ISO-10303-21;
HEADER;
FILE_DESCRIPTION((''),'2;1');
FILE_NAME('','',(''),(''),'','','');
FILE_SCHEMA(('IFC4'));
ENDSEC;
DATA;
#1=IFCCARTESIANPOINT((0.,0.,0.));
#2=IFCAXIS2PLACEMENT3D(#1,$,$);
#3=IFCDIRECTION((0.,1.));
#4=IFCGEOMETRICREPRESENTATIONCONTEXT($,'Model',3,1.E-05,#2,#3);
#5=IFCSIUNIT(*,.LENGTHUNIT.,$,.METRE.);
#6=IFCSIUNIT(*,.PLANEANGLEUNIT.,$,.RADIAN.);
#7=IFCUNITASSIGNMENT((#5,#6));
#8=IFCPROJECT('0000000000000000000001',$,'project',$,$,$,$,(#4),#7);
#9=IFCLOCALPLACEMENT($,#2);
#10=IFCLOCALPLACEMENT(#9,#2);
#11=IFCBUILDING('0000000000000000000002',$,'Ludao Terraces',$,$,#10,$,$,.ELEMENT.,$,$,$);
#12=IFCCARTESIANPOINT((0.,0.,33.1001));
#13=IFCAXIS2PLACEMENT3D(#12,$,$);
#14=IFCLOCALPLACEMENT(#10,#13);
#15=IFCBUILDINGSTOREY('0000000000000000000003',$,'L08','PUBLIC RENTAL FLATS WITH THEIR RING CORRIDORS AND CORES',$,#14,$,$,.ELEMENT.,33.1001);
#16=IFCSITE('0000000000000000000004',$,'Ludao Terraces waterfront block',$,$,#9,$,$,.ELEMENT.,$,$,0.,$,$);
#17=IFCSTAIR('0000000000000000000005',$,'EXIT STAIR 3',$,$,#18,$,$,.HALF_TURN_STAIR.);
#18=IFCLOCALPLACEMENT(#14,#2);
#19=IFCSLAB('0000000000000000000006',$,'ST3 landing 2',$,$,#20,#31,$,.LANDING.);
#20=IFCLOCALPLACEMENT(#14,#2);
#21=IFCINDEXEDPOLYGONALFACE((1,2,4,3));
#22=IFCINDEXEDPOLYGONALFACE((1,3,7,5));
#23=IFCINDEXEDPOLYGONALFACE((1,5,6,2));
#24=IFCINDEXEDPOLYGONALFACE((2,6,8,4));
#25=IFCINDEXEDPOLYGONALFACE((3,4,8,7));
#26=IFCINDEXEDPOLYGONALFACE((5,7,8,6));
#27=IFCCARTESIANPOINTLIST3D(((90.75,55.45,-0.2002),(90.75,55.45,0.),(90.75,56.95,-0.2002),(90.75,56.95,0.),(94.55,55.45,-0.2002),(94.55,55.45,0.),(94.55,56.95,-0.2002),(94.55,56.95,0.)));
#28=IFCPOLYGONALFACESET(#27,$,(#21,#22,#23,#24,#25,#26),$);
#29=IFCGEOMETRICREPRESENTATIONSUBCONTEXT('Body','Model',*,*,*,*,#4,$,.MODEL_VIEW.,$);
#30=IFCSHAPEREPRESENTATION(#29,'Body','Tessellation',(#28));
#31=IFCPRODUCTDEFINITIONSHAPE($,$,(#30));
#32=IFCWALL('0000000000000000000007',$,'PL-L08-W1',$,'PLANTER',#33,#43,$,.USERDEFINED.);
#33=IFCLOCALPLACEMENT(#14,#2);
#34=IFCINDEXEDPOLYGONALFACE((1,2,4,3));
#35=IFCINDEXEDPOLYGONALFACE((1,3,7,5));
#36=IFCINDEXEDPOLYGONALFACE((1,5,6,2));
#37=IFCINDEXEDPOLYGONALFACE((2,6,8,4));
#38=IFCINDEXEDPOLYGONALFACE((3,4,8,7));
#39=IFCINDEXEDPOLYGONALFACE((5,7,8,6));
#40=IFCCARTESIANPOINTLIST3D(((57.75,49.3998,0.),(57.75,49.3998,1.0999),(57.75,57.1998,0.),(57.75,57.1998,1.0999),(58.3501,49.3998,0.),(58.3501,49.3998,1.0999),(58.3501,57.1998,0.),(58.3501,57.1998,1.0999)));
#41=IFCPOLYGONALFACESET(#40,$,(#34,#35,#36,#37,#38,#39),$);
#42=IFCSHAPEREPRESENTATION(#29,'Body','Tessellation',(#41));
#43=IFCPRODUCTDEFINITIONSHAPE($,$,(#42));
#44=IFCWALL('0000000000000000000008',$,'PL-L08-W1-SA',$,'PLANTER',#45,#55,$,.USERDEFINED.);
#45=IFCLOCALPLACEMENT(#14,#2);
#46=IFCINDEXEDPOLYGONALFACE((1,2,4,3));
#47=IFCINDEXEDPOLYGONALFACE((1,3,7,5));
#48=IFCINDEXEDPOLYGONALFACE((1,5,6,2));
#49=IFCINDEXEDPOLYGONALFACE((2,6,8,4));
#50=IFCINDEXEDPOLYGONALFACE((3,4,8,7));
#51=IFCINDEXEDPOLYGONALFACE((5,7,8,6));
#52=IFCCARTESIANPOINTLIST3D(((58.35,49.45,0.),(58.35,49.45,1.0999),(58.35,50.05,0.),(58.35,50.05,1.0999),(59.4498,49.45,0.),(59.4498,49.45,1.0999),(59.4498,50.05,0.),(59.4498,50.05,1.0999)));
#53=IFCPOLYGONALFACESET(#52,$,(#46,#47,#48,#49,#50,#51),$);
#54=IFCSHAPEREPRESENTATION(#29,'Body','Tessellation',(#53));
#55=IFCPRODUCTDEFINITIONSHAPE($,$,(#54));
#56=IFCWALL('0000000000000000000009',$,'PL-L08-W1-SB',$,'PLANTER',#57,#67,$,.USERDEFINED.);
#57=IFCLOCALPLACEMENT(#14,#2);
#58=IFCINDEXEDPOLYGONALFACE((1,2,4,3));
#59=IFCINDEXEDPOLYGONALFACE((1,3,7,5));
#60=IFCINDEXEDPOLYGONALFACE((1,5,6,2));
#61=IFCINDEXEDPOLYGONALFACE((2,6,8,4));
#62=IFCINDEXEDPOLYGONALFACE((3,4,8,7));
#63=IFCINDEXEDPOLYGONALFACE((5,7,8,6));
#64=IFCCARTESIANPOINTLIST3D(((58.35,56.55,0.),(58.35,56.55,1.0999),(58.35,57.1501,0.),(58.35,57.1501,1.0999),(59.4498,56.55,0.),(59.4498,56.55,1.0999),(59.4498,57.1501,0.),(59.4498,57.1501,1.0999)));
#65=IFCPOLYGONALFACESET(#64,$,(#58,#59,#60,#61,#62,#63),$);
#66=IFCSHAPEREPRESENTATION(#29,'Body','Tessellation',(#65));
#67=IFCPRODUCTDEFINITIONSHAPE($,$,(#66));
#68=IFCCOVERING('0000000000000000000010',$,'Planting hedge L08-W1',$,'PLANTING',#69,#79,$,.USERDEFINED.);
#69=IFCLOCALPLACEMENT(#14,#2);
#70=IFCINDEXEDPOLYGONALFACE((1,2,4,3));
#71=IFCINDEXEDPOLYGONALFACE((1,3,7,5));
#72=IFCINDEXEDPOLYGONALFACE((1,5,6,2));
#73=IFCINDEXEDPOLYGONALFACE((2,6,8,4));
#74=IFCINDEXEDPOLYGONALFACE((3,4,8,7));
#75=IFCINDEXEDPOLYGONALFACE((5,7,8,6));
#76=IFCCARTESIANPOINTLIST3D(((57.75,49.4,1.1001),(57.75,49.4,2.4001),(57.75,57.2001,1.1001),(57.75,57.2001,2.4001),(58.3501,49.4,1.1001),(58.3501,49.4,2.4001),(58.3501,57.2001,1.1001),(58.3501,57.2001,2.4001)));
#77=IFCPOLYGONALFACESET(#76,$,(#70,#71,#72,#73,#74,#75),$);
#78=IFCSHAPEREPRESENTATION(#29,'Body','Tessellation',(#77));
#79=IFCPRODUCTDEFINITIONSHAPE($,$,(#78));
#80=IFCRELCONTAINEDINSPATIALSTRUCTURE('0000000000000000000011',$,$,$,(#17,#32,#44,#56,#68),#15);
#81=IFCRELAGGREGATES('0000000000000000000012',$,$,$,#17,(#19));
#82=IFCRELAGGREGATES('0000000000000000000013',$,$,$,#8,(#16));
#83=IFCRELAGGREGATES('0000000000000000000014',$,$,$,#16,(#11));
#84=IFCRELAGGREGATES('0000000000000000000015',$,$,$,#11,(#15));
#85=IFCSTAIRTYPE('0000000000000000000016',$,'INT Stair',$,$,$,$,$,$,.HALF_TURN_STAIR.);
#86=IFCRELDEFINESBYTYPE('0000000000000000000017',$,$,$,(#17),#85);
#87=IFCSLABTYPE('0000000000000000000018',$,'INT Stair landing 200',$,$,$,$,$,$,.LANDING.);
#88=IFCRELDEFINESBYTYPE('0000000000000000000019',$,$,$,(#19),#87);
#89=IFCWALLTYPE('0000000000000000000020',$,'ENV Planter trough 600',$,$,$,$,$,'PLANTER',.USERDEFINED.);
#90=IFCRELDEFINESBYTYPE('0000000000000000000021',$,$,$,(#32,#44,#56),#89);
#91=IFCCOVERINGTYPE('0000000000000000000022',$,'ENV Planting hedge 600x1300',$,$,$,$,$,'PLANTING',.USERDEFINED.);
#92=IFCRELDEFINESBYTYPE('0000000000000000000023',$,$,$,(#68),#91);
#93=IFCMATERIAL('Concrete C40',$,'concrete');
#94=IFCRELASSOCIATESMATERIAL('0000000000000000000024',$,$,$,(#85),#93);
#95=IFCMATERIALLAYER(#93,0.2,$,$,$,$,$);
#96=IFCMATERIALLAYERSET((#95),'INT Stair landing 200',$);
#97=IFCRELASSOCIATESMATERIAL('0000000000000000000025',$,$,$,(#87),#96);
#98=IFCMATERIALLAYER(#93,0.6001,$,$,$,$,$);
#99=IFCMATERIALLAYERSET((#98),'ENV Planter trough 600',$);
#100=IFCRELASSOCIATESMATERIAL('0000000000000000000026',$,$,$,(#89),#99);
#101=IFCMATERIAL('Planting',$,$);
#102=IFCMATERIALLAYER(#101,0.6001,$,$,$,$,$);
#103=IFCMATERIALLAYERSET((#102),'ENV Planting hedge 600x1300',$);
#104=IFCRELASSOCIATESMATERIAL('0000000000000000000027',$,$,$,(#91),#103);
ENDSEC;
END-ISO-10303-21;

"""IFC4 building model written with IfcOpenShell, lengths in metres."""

from ifc_helpers import new_model, si_unit, direction, frame, frame_2d, origin, origin_2d, place, context, subcontext, project, spatial, polyline, rectangle, outline, extrude, material, layer, layer_set, type_object, element, aggregate, save


model = new_model("IFC4")

# Units and contexts
model_context = context("Model", 3, precision=1e-05, world=origin(), true_north=direction((0.0, 1.0)))
body_context = subcontext(model_context, "Body", "Model", "MODEL_VIEW")
ifc_project = project(units=[si_unit("LENGTHUNIT", "METRE"), si_unit("PLANEANGLEUNIT", "RADIAN")], contexts=[model_context])

# Site, building, storey
site_placement = place(None, origin())
site = spatial("IfcSite", under=ifc_project, at=site_placement, Name="Ludao Terraces waterfront block", CompositionType="ELEMENT", RefElevation=0.0)
building_placement = place(site_placement, origin())
building = spatial("IfcBuilding", under=site, at=building_placement, Name="Ludao Terraces", CompositionType="ELEMENT")
storey_placement = place(building_placement, frame((0.0, 0.0, 33.1001)))
storey = spatial("IfcBuildingStorey", under=building, at=storey_placement, Name="L08", Description="PUBLIC RENTAL FLATS WITH THEIR RING CORRIDORS AND CORES", CompositionType="ELEMENT", Elevation=33.1001)

# Shared definitions
ifc_material_1 = material(Name="Concrete C40", Category="concrete")

# Stair, slab
stair_type = type_object("IfcStairType", Name="INT Stair", PredefinedType="HALF_TURN_STAIR", material=ifc_material_1)
ifc_layer_1 = layer(ifc_material_1, 0.2)
ifc_layer_set_1 = layer_set([ifc_layer_1], Name="INT Stair landing 200")
slab_type_1 = type_object("IfcSlabType", Name="INT Stair landing 200", PredefinedType="LANDING", material=ifc_layer_set_1)
stair_1_placement = place(storey_placement, origin())
stair_1 = element("IfcStair", 1, at=stair_1_placement, inside=storey, type_object=stair_type, Name="EXIT STAIR 3", PredefinedType="HALF_TURN_STAIR")
slab_1_placement = place(storey_placement, frame((0.0, 0.0, -0.2002)))
slab_1 = element("IfcSlab", 2, at=slab_1_placement, type_object=slab_type_1, Name="ST3 landing 2", PredefinedType="LANDING", context=body_context, shape_type="SweptSolid", body=[
    extrude(outline(polyline([(90.75, 55.45), (94.55, 55.45), (94.55, 56.95), (90.75, 56.95), (90.75, 55.45)])), origin(), (0.0, 0.0, 1.0), 0.2002),
])
aggregate(stair_1, [slab_1])

# Walls
ifc_layer_2 = layer(ifc_material_1, 0.6001)
ifc_layer_set_2 = layer_set([ifc_layer_2], Name="ENV Planter trough 600")
wall_type = type_object("IfcWallType", Name="ENV Planter trough 600", ElementType="PLANTER", PredefinedType="USERDEFINED", material=ifc_layer_set_2)
wall_placement = place(storey_placement, frame((58.05, 49.3999, 0.0), z_axis=(0.0, 0.0, 1.0), x_axis=(0.0, 1.0, 0.0)))
element("IfcWall", 3, at=wall_placement, inside=storey, type_object=wall_type, Name="PL-L08-W1", ObjectType="PLANTER", PredefinedType="USERDEFINED", context=body_context, shape_type="SweptSolid", body=[
    extrude(rectangle(XDim=7.8, YDim=0.6001, at=frame_2d((3.8999, 0.0))), origin(), (0.0, 0.0, 1.0), 1.0999),
])
for number, where, z_axis, x_axis, name in (
    (4, (58.3501, 49.75, 0.0), (0.0, 0.0, 1.0), (1.0, 0.0, 0.0), "PL-L08-W1-SA"),
    (5, (58.3501, 56.8501, 0.0), (0.0, 0.0, 1.0), (1.0, 0.0, 0.0), "PL-L08-W1-SB"),
):
    element("IfcWall", number, at=place(storey_placement, frame(where, z_axis=z_axis, x_axis=x_axis)), inside=storey, type_object=wall_type, Name=name, ObjectType="PLANTER", PredefinedType="USERDEFINED", context=body_context, shape_type="SweptSolid", body=[
        extrude(rectangle(XDim=1.0999, YDim=0.6001, at=frame_2d((0.5498, 0.0))), origin(), (0.0, 0.0, 1.0), 1.0999),
    ])

# Covering
ifc_material_2 = material(Name="Planting")
ifc_layer_3 = layer(ifc_material_2, 0.6001)
ifc_layer_set_3 = layer_set([ifc_layer_3], Name="ENV Planting hedge 600x1300")
covering_type = type_object("IfcCoveringType", Name="ENV Planting hedge 600x1300", ElementType="PLANTING", PredefinedType="USERDEFINED", material=ifc_layer_set_3)
covering_placement = place(storey_placement, frame((58.05, 53.3, 1.1001), z_axis=(0.0, 0.0, 1.0), x_axis=(1.0, 0.0, 0.0)))
element("IfcCovering", 6, at=covering_placement, inside=storey, type_object=covering_type, Name="Planting hedge L08-W1", ObjectType="PLANTING", PredefinedType="USERDEFINED", context=body_context, shape_type="SweptSolid", body=[
    extrude(rectangle(XDim=0.6001, YDim=7.8, at=origin_2d()), origin(), (0.0, 0.0, 1.0), 1.3),
])

save(model, "model.ifc")
